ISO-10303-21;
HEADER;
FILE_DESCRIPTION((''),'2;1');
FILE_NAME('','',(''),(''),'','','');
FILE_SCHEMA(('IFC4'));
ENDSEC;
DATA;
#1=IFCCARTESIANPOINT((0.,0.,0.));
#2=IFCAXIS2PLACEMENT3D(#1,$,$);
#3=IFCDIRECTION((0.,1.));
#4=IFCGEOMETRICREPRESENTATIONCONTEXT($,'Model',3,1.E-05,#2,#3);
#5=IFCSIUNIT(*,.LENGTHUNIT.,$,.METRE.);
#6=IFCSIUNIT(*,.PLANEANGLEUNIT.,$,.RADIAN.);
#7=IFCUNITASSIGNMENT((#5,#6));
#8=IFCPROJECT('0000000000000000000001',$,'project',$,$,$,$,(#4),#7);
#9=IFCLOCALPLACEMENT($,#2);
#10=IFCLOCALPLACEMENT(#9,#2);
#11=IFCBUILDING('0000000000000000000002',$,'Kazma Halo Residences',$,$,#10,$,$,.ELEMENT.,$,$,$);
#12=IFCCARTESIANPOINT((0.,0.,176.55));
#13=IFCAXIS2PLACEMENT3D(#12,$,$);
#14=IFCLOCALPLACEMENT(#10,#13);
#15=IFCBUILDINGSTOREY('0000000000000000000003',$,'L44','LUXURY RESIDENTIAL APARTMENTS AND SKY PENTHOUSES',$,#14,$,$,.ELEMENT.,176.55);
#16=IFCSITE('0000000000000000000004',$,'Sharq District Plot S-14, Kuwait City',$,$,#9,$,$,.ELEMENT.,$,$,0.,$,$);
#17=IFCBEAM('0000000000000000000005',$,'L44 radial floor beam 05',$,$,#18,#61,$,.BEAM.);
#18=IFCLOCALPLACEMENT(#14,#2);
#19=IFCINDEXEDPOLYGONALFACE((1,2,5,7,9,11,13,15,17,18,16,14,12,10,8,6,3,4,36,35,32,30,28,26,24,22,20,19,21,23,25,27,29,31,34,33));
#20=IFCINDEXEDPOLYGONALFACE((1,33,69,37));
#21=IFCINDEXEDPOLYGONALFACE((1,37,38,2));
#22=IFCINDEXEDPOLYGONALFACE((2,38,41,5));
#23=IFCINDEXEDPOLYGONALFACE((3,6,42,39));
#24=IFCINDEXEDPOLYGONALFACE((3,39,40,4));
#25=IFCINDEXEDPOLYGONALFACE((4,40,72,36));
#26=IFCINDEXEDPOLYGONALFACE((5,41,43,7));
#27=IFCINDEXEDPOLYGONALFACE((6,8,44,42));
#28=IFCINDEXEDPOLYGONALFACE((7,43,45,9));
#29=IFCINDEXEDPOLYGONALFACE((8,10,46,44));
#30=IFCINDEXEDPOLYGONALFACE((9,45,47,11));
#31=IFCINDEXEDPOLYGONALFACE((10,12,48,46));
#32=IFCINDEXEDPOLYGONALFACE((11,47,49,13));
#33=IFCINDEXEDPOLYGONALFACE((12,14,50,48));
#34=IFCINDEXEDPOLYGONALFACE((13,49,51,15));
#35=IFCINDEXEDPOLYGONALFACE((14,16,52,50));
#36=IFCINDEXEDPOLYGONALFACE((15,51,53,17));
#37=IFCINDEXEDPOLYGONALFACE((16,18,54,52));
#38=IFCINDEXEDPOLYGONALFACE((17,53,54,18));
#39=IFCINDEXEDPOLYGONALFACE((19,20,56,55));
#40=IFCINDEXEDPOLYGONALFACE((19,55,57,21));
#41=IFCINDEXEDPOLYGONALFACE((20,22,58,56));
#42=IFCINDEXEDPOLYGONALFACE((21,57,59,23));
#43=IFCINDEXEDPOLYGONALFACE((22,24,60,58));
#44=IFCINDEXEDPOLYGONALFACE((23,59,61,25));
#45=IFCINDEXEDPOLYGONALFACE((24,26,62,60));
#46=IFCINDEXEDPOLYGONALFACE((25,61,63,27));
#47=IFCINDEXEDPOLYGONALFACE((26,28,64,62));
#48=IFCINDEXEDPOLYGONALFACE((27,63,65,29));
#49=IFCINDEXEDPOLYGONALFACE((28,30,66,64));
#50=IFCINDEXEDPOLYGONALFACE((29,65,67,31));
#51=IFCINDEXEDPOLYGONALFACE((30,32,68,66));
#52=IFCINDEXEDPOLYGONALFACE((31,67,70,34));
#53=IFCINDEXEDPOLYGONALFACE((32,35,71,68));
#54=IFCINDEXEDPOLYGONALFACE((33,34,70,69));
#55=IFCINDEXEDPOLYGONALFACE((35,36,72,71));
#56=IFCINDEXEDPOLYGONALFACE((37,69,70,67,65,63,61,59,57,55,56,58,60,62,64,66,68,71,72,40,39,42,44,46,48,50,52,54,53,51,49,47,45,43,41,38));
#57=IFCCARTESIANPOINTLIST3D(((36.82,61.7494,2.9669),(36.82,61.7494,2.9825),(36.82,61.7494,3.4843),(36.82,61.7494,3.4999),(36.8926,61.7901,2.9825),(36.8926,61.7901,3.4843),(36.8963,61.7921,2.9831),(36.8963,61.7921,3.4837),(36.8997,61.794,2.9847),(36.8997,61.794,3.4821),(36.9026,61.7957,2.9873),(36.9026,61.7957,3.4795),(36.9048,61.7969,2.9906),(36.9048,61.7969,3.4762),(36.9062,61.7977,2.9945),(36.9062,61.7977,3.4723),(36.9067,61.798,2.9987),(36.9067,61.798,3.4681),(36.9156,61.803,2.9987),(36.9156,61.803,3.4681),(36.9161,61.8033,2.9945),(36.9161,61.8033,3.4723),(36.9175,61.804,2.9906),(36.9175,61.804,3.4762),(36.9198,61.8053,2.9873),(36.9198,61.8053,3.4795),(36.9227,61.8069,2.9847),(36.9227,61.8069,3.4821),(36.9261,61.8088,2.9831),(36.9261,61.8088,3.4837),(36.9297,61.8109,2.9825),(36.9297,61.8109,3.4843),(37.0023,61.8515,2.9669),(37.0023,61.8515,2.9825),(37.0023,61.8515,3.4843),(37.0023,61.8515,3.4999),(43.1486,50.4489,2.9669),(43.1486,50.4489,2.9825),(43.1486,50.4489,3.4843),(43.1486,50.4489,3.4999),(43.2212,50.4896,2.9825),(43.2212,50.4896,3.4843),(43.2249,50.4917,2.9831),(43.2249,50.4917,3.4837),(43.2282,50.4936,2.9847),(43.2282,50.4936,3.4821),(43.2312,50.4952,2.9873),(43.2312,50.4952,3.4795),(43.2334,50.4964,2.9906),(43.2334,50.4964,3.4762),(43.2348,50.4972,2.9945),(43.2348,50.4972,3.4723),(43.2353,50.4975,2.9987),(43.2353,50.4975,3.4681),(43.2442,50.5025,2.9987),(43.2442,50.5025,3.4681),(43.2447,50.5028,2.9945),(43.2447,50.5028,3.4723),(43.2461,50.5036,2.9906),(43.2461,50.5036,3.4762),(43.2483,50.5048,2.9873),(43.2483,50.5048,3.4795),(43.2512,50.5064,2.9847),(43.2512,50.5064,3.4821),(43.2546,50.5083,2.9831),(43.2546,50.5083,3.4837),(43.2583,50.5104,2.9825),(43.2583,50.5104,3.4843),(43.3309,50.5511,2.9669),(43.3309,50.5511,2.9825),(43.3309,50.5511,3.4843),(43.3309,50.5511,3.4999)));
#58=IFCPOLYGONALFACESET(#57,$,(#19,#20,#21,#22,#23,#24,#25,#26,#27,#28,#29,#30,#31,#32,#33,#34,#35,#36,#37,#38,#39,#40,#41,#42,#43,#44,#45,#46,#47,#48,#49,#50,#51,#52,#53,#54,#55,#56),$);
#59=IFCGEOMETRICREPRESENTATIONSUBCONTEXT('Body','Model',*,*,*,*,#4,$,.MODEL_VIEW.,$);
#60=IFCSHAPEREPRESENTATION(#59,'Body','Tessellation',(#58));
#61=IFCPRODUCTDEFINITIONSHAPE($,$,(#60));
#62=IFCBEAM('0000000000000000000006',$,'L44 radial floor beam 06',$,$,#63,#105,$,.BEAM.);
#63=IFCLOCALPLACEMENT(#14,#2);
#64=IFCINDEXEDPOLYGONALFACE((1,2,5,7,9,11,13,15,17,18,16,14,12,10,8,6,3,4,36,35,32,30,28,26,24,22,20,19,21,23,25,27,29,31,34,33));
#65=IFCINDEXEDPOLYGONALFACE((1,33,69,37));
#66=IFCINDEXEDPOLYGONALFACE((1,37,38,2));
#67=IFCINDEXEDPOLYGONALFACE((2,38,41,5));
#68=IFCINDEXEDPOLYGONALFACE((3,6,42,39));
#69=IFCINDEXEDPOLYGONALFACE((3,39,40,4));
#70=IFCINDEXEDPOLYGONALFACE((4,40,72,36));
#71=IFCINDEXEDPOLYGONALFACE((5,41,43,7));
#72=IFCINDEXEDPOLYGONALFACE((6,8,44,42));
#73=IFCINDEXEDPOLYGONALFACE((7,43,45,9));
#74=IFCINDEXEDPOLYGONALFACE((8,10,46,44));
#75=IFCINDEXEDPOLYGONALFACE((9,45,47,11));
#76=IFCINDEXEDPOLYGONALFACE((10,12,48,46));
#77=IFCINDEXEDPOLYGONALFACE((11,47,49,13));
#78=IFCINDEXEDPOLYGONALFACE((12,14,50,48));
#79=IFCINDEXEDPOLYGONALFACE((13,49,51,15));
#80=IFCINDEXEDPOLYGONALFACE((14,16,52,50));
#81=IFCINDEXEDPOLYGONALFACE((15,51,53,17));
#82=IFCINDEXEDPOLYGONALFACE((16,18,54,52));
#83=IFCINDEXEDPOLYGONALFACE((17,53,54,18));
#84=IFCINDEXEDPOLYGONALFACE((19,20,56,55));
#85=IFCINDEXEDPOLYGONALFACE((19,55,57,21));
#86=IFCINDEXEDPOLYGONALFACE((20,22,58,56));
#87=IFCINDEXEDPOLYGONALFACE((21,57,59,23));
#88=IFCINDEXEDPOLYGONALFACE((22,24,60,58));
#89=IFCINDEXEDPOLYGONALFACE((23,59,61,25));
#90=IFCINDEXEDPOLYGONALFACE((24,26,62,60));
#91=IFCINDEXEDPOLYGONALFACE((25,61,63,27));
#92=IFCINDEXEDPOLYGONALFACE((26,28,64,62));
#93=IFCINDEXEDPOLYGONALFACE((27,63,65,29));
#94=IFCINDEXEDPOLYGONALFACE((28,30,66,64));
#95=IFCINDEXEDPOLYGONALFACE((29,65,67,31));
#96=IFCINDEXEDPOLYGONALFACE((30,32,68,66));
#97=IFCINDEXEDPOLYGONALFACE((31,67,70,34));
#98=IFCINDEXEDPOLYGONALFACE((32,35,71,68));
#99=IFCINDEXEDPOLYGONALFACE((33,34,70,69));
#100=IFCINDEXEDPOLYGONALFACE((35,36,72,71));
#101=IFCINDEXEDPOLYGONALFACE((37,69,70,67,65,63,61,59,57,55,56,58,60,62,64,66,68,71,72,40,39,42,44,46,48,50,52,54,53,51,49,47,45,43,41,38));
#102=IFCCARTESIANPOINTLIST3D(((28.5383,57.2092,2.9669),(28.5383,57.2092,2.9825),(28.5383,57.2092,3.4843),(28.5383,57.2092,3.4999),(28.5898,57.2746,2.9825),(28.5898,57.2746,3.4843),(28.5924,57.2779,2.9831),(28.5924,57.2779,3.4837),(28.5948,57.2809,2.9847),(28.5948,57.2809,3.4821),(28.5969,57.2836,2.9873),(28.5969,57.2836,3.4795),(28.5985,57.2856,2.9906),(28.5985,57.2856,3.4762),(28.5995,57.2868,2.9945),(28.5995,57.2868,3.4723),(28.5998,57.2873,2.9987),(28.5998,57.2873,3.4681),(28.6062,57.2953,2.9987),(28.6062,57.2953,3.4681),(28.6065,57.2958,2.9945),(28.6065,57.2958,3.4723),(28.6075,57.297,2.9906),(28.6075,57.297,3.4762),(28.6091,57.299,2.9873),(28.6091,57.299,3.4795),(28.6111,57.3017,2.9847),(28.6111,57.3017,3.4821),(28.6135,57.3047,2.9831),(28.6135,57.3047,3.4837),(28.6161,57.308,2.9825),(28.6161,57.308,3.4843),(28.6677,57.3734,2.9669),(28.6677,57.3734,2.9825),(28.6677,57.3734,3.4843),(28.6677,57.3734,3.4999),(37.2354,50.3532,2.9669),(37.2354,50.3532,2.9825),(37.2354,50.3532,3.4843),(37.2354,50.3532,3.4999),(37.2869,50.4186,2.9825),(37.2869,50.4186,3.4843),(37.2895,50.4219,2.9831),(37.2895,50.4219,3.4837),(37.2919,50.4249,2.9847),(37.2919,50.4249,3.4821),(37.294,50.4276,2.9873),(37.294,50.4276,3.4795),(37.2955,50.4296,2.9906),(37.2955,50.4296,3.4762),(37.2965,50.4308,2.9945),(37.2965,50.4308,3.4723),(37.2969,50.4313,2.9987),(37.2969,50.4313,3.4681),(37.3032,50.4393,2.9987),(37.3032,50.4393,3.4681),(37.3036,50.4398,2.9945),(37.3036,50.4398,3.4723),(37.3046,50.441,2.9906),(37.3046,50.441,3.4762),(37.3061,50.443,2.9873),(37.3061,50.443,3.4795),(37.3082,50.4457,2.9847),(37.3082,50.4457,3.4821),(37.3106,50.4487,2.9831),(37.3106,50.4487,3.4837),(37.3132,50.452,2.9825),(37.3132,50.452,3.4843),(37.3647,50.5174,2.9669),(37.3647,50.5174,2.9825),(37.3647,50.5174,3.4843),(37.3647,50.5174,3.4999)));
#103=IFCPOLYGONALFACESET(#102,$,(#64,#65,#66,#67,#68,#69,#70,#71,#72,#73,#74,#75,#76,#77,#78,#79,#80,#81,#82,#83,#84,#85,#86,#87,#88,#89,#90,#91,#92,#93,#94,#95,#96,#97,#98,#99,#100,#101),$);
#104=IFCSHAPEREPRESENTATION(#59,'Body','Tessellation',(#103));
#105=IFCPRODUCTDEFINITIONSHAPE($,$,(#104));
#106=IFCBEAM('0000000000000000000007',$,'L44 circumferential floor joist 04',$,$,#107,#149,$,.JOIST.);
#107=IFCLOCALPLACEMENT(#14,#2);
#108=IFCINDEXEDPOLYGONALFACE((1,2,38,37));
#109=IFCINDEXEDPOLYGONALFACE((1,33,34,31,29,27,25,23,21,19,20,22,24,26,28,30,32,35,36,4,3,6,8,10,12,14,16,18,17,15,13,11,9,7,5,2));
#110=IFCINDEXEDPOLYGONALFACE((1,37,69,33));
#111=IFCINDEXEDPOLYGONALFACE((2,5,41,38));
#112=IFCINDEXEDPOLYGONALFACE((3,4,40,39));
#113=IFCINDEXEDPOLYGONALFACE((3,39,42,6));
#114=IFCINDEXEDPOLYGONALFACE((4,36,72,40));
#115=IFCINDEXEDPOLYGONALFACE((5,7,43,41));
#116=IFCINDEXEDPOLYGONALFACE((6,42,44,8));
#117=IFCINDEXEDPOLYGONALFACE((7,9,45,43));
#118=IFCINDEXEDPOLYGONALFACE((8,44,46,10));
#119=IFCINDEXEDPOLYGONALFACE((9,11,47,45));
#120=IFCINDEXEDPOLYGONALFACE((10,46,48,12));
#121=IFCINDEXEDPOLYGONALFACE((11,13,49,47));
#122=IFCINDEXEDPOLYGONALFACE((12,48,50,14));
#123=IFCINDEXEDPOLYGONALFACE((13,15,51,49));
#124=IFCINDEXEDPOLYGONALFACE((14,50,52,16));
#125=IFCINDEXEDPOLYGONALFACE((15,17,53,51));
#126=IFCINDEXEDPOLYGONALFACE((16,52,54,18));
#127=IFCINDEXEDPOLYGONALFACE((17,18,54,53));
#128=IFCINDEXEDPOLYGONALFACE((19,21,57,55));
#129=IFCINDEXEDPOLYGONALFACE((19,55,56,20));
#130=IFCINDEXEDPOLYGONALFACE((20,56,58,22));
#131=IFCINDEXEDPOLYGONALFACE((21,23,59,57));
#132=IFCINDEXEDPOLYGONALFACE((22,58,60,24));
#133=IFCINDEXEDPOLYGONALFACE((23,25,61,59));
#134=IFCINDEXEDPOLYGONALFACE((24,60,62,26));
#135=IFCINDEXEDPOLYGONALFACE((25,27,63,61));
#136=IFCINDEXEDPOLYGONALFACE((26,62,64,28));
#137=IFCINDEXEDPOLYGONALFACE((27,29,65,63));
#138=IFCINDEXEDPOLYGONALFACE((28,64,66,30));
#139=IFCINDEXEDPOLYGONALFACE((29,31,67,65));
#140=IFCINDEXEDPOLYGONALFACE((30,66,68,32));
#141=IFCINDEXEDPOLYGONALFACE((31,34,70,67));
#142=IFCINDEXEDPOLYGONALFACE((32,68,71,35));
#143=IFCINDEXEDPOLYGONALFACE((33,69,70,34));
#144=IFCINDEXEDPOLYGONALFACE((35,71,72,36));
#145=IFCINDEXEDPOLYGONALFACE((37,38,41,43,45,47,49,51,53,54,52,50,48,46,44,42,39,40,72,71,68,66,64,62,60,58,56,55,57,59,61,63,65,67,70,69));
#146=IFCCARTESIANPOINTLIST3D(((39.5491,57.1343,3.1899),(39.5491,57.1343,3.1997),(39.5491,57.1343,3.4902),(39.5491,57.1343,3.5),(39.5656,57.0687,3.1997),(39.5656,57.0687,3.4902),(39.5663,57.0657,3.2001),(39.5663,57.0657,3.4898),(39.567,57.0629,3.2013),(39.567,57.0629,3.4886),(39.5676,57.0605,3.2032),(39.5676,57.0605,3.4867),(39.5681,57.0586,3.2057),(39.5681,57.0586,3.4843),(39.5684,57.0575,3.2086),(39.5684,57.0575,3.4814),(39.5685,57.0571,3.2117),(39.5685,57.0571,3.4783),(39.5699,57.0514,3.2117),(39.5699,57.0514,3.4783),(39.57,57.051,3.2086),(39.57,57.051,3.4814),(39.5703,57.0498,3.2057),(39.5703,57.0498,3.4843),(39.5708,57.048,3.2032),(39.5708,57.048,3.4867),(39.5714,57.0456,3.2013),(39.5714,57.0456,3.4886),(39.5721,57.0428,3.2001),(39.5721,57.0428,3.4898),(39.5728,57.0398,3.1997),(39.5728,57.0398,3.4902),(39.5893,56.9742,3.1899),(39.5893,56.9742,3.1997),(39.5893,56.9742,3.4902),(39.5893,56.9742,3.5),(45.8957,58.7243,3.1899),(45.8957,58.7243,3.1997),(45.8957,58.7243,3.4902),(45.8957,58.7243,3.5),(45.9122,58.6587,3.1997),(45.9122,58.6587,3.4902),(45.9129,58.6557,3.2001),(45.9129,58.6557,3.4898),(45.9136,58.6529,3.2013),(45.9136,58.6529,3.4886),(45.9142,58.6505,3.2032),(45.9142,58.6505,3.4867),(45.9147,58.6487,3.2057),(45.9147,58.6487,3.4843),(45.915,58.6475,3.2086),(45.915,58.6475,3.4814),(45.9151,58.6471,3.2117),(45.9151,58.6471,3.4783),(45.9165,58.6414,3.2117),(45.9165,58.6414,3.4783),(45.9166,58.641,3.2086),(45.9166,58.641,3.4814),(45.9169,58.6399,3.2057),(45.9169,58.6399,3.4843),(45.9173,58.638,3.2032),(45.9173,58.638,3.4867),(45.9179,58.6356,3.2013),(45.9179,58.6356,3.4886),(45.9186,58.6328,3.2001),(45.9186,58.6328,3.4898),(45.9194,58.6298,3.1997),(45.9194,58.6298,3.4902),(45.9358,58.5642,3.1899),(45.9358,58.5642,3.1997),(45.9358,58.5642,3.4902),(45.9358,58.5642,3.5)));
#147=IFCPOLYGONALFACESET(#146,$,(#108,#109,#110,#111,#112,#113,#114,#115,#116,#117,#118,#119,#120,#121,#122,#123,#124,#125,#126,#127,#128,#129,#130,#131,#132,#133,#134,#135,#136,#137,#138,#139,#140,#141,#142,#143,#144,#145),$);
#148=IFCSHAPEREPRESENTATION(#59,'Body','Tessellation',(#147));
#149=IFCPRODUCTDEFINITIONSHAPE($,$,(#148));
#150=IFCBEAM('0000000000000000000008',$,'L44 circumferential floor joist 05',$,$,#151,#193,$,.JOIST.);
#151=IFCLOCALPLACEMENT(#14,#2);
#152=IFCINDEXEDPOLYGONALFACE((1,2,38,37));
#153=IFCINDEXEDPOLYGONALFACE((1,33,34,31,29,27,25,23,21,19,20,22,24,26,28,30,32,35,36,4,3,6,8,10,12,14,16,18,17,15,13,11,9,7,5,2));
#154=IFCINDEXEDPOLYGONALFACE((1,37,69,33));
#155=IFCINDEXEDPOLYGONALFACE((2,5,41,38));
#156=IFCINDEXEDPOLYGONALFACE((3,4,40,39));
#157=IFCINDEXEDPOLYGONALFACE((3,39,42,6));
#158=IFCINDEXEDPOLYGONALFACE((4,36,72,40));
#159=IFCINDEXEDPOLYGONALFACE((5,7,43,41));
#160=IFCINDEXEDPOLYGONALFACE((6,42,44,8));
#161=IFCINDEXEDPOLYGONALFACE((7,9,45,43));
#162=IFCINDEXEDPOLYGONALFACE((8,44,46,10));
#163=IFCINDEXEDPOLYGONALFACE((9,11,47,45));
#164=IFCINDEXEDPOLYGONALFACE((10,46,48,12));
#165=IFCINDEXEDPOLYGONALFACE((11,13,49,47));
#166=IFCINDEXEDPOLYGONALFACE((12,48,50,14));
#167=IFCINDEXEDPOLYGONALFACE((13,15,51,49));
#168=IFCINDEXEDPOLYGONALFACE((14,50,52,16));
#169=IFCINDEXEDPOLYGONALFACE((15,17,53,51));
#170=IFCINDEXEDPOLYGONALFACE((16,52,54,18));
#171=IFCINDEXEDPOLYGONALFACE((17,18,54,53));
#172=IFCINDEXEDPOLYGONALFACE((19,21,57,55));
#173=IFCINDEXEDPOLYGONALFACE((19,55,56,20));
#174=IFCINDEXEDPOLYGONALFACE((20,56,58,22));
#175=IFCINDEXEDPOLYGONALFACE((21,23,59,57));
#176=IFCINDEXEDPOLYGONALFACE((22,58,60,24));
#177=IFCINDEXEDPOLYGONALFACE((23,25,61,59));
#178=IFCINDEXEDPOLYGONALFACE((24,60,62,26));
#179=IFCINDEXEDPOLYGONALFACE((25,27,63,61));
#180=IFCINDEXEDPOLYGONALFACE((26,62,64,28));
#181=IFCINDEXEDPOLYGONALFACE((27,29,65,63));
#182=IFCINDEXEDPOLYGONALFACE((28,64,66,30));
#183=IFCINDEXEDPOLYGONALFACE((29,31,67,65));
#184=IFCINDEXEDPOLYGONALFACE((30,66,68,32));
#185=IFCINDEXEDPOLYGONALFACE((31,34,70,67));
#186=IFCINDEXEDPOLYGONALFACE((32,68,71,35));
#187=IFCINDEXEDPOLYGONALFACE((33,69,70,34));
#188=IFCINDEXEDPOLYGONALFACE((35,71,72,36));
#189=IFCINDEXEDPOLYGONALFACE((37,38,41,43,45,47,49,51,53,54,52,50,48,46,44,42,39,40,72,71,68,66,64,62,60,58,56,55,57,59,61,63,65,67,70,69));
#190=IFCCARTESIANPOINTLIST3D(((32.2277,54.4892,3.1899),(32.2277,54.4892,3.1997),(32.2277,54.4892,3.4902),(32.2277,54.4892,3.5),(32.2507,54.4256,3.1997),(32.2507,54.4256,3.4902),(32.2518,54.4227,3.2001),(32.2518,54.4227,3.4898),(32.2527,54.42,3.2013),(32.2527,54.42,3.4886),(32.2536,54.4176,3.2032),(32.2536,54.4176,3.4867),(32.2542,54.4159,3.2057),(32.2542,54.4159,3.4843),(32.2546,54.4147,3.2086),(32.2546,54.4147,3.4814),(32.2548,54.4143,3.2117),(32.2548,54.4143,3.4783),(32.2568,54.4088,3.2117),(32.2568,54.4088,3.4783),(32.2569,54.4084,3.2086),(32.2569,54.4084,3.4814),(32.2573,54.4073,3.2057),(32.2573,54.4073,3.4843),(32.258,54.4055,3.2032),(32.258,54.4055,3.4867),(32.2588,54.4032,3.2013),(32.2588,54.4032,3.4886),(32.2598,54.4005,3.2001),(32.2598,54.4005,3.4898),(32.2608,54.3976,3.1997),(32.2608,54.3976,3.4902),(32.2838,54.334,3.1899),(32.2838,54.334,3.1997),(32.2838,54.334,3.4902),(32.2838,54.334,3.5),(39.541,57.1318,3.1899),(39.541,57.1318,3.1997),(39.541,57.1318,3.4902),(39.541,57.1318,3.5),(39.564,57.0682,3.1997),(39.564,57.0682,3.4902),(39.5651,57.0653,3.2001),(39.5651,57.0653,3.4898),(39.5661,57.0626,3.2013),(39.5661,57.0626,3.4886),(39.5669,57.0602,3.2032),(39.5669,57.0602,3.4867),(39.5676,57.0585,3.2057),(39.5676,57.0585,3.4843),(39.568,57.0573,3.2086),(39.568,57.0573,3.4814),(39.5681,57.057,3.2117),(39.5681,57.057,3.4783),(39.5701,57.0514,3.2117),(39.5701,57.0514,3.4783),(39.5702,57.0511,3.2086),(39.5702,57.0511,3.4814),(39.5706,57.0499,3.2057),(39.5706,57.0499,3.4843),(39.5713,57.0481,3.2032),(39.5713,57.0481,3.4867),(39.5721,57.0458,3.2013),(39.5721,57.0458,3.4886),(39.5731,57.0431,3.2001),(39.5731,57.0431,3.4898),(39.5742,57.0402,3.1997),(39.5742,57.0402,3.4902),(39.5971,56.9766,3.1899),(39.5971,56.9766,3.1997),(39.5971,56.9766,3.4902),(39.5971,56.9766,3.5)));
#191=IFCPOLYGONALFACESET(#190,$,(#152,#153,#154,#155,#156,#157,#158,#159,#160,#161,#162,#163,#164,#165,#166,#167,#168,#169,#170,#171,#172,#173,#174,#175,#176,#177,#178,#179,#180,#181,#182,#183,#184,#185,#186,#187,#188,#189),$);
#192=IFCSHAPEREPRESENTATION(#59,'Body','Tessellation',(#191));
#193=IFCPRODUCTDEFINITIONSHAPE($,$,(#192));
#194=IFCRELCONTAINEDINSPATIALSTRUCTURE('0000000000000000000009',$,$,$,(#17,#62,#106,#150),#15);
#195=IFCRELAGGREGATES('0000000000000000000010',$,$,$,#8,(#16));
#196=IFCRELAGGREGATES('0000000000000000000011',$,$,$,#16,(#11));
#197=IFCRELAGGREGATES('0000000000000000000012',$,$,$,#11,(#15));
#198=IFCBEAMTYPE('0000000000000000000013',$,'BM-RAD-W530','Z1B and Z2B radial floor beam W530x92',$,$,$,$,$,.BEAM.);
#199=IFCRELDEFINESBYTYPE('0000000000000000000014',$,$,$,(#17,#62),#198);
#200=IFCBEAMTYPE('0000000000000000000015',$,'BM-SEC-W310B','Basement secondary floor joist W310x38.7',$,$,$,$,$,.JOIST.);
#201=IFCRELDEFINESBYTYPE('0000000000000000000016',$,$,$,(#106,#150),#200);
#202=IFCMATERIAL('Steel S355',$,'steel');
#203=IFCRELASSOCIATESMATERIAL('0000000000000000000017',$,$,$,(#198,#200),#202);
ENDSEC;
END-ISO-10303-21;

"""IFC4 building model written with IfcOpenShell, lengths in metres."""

from ifc_helpers import new_model, si_unit, direction, frame, origin, origin_2d, place, context, subcontext, project, spatial, i_section, extrude, material, material_profile, profile_set, type_object, element, save


model = new_model("IFC4")

# Units and contexts
model_context = context("Model", 3, precision=1e-05, world=origin(), true_north=direction((0.0, 1.0)))
body_context = subcontext(model_context, "Body", "Model", "MODEL_VIEW")
ifc_project = project(units=[si_unit("LENGTHUNIT", "METRE"), si_unit("PLANEANGLEUNIT", "RADIAN")], contexts=[model_context])

# Site, building, storey
site_placement = place(None, origin())
site = spatial("IfcSite", under=ifc_project, at=site_placement, Name="Sharq District Plot S-14, Kuwait City", CompositionType="ELEMENT", RefElevation=0.0)
building_placement = place(site_placement, origin())
building = spatial("IfcBuilding", under=site, at=building_placement, Name="Kazma Halo Residences", CompositionType="ELEMENT")
storey_placement = place(building_placement, frame((0.0, 0.0, 176.55)))
storey = spatial("IfcBuildingStorey", under=building, at=storey_placement, Name="L44", Description="LUXURY RESIDENTIAL APARTMENTS AND SKY PENTHOUSES", CompositionType="ELEMENT", Elevation=176.55)

# Beams
ifc_material_1 = material(Name="Steel S355", Category="steel")
ifc_material_profile_1 = material_profile(ifc_material_1, i_section(OverallWidth=0.209, OverallDepth=0.533, WebThickness=0.0103, FlangeThickness=0.0156, FilletRadius=0.0161, at=origin_2d()), Name="W530x92")
ifc_profile_set_1 = profile_set([ifc_material_profile_1], Name="Steel S355")
beam_type_1 = type_object("IfcBeamType", Name="BM-RAD-W530", Description="Z1B and Z2B radial floor beam W530x92", PredefinedType="BEAM", material=ifc_profile_set_1)
beam_1_placement = place(storey_placement, frame((43.2397, 50.5, 3.2334), z_axis=(-0.488622, 0.872496, 0.0), x_axis=(-0.872496, -0.488622, 0.0)))
element("IfcBeam", 1, at=beam_1_placement, inside=storey, type_object=beam_type_1, Name="L44 radial floor beam 05", PredefinedType="BEAM", context=body_context, shape_type="SweptSolid", body=[
    extrude(i_section(OverallWidth=0.209, OverallDepth=0.533, WebThickness=0.0103, FlangeThickness=0.0156, FilletRadius=0.0161, at=origin_2d()), origin(), (0.0, 0.0, 1.0), 12.9519),
])
beam_2_placement = place(storey_placement, frame((37.3, 50.4353, 3.2334), z_axis=(-0.785327, 0.619082, 0.0), x_axis=(-0.619082, -0.785327, 0.0)))
element("IfcBeam", 2, at=beam_2_placement, inside=storey, type_object=beam_type_1, Name="L44 radial floor beam 06", PredefinedType="BEAM", context=body_context, shape_type="SweptSolid", body=[
    extrude(i_section(OverallWidth=0.209, OverallDepth=0.533, WebThickness=0.0103, FlangeThickness=0.0156, FilletRadius=0.0161, at=origin_2d()), origin(), (0.0, 0.0, 1.0), 11.0745),
])
ifc_material_profile_2 = material_profile(ifc_material_1, i_section(OverallWidth=0.165, OverallDepth=0.3101, WebThickness=0.0059, FlangeThickness=0.0098, FilletRadius=0.012, at=origin_2d()), Name="W310x38.7")
ifc_profile_set_2 = profile_set([ifc_material_profile_2], Name="Steel S355")
beam_type_2 = type_object("IfcBeamType", Name="BM-SEC-W310B", Description="Basement secondary floor joist W310x38.7", PredefinedType="JOIST", material=ifc_profile_set_2)
beam_3_placement = place(storey_placement, frame((45.9158, 58.6443, 3.345), z_axis=(-0.970019, -0.243027, 0.0), x_axis=(0.243027, -0.970019, 0.0)))
element("IfcBeam", 3, at=beam_3_placement, inside=storey, type_object=beam_type_2, Name="L44 circumferential floor joist 04", PredefinedType="JOIST", context=body_context, shape_type="SweptSolid", body=[
    extrude(i_section(OverallWidth=0.165, OverallDepth=0.3101, WebThickness=0.0059, FlangeThickness=0.0098, FilletRadius=0.012, at=origin_2d()), origin(), (0.0, 0.0, 1.0), 6.5427),
])
beam_4_placement = place(storey_placement, frame((39.5691, 57.0542, 3.345), z_axis=(-0.940485, -0.339837, 0.0), x_axis=(0.339837, -0.940485, 0.0)))
element("IfcBeam", 4, at=beam_4_placement, inside=storey, type_object=beam_type_2, Name="L44 circumferential floor joist 05", PredefinedType="JOIST", context=body_context, shape_type="SweptSolid", body=[
    extrude(i_section(OverallWidth=0.165, OverallDepth=0.3101, WebThickness=0.0059, FlangeThickness=0.0098, FilletRadius=0.012, at=origin_2d()), origin(), (0.0, 0.0, 1.0), 7.7761),
])

save(model, "model.ifc")
